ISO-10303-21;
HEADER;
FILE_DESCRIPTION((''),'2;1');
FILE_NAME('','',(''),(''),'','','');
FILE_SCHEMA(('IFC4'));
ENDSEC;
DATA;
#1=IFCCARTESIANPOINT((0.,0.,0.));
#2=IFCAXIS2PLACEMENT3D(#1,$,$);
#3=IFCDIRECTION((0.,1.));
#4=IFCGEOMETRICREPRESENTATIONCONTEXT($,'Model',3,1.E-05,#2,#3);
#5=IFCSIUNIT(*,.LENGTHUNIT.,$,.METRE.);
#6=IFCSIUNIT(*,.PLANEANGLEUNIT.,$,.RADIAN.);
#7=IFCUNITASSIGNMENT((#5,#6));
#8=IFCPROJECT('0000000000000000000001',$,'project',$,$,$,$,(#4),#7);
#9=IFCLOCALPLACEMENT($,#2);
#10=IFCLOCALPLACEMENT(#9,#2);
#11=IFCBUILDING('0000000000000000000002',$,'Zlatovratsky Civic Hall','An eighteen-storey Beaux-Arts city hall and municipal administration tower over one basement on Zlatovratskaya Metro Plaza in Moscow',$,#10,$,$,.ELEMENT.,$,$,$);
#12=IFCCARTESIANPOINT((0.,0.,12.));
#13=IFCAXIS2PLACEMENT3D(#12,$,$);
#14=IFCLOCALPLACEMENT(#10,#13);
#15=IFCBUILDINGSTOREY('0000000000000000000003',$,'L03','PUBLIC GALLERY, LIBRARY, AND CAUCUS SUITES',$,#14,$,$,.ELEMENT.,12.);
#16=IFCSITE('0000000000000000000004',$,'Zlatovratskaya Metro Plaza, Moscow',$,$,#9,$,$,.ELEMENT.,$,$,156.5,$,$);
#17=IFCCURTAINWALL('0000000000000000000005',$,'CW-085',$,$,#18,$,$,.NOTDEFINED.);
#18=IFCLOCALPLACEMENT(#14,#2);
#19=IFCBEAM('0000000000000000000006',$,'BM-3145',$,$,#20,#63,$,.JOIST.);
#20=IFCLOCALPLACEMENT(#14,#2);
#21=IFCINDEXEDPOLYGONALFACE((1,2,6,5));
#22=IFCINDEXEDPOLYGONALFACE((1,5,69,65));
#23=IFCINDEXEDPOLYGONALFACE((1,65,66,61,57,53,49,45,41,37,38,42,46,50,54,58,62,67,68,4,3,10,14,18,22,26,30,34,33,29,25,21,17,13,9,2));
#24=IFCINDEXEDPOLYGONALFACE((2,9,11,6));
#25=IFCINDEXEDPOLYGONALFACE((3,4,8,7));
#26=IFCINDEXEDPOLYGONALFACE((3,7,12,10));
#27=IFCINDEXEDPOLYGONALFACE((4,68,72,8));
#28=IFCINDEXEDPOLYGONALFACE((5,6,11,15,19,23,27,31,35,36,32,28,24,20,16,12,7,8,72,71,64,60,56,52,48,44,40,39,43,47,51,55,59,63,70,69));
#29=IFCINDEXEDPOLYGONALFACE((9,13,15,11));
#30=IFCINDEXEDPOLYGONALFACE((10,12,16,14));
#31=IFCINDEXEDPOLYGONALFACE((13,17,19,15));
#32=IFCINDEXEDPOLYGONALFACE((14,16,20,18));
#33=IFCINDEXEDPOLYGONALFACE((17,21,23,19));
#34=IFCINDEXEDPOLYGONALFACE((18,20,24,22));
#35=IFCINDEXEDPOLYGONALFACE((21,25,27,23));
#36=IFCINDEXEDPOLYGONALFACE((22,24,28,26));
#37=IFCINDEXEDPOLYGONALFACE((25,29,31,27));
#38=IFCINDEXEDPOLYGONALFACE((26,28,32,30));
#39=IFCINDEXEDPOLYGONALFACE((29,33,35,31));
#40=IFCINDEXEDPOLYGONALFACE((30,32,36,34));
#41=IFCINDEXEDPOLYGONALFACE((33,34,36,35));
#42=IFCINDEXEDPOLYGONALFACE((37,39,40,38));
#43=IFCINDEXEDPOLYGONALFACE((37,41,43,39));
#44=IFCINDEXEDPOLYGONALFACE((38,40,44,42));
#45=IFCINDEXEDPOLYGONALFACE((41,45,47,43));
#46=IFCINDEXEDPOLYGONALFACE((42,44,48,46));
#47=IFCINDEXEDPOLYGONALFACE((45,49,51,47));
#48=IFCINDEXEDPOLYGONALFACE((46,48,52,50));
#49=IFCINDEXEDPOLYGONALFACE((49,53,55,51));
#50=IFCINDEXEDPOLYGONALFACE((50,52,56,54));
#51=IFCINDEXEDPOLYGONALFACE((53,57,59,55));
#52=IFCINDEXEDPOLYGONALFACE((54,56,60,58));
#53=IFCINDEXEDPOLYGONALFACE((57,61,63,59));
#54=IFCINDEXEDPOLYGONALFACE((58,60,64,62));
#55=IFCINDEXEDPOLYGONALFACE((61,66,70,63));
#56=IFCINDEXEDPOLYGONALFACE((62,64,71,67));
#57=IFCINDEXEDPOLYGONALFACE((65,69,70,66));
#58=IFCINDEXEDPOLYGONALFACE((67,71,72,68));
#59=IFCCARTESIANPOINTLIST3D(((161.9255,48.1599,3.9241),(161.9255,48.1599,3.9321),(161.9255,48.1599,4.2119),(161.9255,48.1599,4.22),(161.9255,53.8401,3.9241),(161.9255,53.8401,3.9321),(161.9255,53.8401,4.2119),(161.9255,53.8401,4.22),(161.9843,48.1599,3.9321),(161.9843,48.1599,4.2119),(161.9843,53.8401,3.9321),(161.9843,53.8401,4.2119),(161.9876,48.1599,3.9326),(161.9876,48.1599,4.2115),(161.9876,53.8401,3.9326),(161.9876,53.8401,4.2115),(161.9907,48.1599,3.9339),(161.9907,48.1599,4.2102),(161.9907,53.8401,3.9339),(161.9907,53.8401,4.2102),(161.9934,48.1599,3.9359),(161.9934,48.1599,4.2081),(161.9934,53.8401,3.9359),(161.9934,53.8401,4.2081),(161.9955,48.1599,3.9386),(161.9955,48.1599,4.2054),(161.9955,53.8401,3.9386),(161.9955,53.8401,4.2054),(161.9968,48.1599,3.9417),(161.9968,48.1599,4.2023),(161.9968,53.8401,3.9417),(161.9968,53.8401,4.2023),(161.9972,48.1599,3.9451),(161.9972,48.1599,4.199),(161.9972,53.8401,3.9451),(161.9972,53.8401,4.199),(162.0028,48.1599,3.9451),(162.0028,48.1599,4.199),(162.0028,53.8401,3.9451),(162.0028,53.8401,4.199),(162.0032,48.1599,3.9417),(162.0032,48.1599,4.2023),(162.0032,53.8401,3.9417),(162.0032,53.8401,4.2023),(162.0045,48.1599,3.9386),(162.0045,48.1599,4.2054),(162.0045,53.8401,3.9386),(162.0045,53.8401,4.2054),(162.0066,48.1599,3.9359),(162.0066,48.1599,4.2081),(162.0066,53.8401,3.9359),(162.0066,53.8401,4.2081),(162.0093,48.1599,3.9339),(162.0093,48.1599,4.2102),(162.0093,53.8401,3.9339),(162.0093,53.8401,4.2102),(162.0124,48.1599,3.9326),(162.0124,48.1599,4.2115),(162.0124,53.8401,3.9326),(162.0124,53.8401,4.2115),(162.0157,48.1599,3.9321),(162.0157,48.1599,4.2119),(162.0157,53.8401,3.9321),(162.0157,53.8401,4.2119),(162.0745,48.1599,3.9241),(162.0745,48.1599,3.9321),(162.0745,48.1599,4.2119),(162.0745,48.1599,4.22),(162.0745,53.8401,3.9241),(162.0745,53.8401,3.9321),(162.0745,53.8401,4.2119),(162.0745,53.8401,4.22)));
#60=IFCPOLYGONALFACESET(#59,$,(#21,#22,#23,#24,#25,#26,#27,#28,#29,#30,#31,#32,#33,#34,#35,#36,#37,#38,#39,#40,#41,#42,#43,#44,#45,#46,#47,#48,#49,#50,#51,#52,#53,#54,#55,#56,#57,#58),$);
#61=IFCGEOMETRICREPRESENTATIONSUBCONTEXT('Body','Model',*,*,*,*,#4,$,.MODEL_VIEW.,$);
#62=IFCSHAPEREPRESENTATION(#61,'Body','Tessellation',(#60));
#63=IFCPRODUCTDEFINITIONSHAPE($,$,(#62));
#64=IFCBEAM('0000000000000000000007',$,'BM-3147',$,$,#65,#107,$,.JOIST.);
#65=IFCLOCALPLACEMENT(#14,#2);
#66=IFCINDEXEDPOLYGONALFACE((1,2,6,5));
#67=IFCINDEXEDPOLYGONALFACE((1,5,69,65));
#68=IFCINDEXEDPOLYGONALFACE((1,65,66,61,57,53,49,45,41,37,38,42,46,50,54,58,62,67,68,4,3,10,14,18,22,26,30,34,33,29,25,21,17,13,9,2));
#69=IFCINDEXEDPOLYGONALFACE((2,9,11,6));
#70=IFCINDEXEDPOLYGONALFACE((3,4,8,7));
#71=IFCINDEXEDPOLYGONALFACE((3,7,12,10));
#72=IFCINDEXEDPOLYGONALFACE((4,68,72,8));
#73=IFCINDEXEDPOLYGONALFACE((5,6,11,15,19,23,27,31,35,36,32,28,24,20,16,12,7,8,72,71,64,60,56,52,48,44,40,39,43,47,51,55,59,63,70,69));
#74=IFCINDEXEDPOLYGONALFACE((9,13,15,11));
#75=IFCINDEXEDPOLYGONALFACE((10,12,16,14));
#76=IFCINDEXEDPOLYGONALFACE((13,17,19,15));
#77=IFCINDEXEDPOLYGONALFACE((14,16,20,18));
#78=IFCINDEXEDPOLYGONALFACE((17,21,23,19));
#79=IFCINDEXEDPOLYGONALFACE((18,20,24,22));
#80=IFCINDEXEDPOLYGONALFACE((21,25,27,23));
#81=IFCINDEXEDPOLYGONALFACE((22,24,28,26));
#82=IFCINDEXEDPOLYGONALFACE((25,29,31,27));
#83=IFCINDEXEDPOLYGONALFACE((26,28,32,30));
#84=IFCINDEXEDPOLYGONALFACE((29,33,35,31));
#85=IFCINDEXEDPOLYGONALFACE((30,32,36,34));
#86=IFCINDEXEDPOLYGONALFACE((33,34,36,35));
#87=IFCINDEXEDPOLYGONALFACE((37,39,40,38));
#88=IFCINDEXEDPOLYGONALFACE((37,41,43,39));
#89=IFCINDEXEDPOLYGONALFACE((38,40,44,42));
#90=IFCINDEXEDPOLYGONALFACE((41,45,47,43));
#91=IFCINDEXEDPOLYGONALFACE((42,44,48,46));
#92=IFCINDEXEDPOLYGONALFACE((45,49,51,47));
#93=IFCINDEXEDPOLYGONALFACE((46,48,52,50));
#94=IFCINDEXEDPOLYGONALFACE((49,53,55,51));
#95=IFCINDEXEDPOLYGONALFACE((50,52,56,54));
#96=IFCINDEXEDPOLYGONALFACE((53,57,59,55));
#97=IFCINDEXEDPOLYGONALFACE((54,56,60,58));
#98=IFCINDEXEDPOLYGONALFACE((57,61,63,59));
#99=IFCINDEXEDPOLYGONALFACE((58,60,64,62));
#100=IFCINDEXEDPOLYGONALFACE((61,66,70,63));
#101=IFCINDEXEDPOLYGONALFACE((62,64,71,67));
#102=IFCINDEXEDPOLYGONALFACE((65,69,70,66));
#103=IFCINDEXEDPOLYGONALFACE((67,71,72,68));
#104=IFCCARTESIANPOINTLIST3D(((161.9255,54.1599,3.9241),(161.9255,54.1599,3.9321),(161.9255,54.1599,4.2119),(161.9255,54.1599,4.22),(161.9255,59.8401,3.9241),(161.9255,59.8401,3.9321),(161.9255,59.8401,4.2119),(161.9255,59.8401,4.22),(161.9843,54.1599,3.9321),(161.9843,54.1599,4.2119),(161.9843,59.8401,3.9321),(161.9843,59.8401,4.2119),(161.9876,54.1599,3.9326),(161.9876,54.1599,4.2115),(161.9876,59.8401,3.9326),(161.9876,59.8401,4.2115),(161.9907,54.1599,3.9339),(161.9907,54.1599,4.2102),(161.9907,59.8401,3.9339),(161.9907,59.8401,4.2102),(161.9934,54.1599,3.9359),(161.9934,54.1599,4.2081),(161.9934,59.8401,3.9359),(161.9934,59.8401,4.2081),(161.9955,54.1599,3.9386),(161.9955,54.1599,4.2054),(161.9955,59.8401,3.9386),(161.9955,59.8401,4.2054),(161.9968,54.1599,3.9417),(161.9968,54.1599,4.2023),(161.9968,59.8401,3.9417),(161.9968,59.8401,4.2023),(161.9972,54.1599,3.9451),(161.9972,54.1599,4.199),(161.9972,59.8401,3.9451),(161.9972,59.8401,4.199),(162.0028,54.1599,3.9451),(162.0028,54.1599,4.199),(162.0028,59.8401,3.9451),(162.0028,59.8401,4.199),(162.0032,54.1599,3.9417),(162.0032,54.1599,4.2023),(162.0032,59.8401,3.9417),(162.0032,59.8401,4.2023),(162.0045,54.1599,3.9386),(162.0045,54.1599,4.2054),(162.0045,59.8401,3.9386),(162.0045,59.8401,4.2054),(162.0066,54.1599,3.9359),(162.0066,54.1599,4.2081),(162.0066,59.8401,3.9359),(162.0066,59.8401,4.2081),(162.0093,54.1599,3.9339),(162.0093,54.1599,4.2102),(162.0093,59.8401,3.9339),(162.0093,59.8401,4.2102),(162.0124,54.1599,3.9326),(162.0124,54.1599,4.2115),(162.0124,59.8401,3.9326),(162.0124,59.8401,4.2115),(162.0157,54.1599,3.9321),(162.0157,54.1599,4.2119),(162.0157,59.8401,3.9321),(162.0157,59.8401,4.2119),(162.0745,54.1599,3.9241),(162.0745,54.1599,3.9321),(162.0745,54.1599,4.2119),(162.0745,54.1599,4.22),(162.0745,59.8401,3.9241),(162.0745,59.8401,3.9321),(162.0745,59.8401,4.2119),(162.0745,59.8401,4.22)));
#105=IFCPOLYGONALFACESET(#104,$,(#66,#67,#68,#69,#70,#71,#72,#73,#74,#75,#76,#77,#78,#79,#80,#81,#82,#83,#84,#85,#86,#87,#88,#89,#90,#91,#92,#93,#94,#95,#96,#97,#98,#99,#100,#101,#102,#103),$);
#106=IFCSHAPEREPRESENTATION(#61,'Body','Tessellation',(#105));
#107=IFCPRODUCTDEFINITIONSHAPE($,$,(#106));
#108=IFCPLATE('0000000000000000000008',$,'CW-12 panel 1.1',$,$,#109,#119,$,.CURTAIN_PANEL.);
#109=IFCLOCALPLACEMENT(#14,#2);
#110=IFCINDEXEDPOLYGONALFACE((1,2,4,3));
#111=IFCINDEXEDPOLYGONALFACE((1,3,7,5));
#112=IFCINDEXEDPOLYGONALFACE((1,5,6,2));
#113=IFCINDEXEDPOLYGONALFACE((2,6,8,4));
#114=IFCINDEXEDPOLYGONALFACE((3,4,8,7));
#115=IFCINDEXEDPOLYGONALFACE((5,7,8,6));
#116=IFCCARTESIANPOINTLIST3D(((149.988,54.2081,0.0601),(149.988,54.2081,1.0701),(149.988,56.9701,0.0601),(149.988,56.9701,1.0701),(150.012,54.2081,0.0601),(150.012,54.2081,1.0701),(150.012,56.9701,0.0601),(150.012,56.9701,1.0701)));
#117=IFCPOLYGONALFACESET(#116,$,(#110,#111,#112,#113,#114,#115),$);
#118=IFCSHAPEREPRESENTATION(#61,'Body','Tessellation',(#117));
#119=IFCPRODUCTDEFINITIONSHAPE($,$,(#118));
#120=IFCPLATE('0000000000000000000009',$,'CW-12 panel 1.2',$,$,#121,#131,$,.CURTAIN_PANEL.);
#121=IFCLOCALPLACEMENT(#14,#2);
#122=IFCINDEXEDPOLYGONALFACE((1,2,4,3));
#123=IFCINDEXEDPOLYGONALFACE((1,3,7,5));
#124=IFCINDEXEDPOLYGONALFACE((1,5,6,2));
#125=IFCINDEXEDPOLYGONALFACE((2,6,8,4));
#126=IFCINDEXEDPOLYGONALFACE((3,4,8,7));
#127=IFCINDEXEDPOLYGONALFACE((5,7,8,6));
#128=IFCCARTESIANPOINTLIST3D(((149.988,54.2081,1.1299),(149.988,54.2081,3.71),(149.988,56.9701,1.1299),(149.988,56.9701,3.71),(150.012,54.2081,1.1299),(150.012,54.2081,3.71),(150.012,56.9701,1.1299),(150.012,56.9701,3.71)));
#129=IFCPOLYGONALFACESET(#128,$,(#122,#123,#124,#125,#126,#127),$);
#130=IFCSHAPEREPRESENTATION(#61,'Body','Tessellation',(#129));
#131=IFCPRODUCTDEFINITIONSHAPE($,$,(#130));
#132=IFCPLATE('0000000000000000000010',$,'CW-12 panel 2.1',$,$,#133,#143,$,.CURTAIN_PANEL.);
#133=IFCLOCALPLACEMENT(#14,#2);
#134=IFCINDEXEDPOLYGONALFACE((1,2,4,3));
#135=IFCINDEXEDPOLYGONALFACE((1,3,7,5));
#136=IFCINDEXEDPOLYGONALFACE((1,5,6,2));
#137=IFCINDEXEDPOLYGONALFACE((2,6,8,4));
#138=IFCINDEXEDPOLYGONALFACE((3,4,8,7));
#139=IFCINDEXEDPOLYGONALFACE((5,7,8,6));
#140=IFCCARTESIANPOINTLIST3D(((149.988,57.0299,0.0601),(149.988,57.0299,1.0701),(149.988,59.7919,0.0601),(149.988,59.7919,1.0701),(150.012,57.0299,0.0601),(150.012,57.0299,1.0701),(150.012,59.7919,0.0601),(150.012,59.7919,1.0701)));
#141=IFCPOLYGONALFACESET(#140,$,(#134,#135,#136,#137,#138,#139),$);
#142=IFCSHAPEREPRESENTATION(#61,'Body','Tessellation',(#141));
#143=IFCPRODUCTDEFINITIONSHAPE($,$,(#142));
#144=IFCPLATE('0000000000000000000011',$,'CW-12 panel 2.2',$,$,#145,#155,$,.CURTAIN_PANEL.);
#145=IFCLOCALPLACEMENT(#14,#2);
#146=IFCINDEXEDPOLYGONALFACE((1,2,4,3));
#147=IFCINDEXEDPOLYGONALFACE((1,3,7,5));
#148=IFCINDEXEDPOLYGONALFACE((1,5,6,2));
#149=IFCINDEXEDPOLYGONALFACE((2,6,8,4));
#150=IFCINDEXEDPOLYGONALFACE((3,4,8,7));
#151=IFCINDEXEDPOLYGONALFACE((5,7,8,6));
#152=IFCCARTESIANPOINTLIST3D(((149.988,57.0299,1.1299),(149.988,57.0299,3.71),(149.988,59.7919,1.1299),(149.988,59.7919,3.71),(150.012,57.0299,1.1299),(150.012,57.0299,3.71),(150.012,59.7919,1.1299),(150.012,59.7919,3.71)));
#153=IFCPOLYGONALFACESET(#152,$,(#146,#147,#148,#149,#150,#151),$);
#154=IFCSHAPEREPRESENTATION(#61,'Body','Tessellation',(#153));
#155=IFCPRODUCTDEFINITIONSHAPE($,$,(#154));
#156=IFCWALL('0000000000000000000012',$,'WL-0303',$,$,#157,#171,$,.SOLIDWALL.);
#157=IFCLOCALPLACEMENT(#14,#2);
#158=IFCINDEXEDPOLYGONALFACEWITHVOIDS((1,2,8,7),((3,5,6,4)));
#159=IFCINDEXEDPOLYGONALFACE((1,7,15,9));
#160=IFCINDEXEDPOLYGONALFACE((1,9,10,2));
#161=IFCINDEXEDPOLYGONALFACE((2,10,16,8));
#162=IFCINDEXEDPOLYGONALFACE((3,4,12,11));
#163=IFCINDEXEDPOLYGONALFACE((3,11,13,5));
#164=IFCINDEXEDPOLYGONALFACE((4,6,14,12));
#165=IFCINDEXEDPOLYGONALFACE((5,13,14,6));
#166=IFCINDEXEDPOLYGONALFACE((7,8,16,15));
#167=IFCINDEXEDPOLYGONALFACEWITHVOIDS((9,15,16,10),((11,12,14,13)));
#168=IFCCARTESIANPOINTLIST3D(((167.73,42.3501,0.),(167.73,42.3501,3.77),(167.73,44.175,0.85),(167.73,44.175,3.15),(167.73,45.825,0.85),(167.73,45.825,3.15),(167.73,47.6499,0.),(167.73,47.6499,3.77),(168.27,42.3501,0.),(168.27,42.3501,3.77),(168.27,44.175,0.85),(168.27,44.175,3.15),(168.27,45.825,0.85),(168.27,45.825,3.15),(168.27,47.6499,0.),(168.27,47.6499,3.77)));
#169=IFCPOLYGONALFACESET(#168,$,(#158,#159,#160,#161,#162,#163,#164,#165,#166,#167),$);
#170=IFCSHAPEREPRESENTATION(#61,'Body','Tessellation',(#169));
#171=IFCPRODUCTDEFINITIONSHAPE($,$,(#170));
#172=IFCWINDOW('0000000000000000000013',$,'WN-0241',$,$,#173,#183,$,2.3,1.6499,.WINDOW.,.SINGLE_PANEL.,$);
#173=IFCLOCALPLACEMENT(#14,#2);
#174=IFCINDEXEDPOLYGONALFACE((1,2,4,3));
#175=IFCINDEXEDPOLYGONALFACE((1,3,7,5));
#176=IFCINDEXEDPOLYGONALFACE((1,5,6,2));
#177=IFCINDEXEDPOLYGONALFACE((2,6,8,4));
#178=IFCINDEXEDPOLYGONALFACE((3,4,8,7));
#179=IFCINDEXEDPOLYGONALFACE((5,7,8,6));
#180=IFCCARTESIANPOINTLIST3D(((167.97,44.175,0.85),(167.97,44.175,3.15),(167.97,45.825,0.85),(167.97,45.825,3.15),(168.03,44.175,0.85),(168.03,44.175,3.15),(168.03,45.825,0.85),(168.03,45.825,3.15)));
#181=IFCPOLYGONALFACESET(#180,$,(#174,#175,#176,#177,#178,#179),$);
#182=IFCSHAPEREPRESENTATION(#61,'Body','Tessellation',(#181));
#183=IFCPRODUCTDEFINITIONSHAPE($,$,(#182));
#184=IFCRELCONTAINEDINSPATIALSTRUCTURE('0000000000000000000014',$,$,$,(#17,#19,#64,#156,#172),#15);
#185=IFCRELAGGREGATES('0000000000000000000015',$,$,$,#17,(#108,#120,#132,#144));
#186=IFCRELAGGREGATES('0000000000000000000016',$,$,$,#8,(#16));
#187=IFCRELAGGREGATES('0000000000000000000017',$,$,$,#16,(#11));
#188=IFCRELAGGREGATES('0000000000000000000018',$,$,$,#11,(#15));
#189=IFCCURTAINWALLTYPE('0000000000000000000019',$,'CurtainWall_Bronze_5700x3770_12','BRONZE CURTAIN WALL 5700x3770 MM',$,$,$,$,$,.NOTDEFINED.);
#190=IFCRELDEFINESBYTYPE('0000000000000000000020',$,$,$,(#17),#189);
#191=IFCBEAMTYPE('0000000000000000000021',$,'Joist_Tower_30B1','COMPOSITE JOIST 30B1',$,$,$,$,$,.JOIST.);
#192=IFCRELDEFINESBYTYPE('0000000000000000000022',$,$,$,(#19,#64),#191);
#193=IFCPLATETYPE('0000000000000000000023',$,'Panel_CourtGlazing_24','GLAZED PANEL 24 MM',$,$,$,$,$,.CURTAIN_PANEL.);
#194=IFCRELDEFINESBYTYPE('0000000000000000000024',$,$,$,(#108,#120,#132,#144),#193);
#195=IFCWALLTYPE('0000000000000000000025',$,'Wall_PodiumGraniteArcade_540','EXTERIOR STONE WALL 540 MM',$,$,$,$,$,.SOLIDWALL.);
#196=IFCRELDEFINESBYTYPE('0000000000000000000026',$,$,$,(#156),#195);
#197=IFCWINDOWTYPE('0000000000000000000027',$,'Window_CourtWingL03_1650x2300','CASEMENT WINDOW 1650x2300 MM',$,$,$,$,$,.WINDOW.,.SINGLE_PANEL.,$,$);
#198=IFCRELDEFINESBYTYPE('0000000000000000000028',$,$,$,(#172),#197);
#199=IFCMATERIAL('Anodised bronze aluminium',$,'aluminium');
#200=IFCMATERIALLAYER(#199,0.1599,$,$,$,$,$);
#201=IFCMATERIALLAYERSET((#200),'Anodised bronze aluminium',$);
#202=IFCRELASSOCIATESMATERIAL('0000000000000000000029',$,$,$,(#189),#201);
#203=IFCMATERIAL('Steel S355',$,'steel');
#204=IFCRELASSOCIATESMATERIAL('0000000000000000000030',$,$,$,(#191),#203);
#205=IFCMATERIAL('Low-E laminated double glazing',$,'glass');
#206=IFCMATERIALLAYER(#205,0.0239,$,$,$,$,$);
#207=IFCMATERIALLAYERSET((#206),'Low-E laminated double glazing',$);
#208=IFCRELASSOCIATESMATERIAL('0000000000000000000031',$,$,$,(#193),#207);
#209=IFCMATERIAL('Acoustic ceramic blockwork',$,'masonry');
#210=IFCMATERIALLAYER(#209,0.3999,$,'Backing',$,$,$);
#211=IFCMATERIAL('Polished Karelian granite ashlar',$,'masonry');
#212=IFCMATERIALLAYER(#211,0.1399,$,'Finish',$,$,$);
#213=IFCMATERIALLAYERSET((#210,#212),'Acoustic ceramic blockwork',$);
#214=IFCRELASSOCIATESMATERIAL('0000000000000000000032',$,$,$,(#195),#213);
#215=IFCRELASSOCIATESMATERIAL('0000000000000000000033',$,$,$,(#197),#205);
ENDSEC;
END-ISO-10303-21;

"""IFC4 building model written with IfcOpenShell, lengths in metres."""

from ifc_helpers import new_model, si_unit, direction, frame, frame_2d, origin, origin_2d, place, context, subcontext, project, spatial, rectangle, i_section, extrude, material, layer, layer_set, material_profile, profile_set, type_object, element, fill, aggregate, save


model = new_model("IFC4")

# Units and contexts
model_context = context("Model", 3, precision=1e-05, world=origin(), true_north=direction((0.0, 1.0)))
body_context = subcontext(model_context, "Body", "Model", "MODEL_VIEW")
ifc_project = project(units=[si_unit("LENGTHUNIT", "METRE"), si_unit("PLANEANGLEUNIT", "RADIAN")], contexts=[model_context])

# Site, building, storey
site_placement = place(None, origin())
site = spatial("IfcSite", under=ifc_project, at=site_placement, Name="Zlatovratskaya Metro Plaza, Moscow", CompositionType="ELEMENT", RefElevation=156.5)
building_placement = place(site_placement, origin())
building = spatial("IfcBuilding", under=site, at=building_placement, Name="Zlatovratsky Civic Hall", Description="An eighteen-storey Beaux-Arts city hall and municipal administration tower over one basement on Zlatovratskaya Metro Plaza in Moscow", CompositionType="ELEMENT")
storey_placement = place(building_placement, frame((0.0, 0.0, 12.0)))
storey = spatial("IfcBuildingStorey", under=building, at=storey_placement, Name="L03", Description="PUBLIC GALLERY, LIBRARY, AND CAUCUS SUITES", CompositionType="ELEMENT", Elevation=12.0)

# Shared definitions
ifc_material_1 = material(Name="Steel S355", Category="steel")

# Curtain wall
ifc_material_2 = material(Name="Anodised bronze aluminium", Category="aluminium")
ifc_layer_1 = layer(ifc_material_2, 0.1599)
ifc_layer_set_1 = layer_set([ifc_layer_1], Name="Anodised bronze aluminium")
curtain_wall_type = type_object("IfcCurtainWallType", Name="CurtainWall_Bronze_5700x3770_12", Description="BRONZE CURTAIN WALL 5700x3770 MM", PredefinedType="NOTDEFINED", material=ifc_layer_set_1)
curtain_wall_placement = place(storey_placement, origin())
curtain_wall = element("IfcCurtainWall", 1, at=curtain_wall_placement, inside=storey, type_object=curtain_wall_type, Name="CW-085", PredefinedType="NOTDEFINED")

# Beams
ifc_material_profile_1 = material_profile(ifc_material_1, i_section(OverallWidth=0.1489, OverallDepth=0.2959, WebThickness=0.0056, FlangeThickness=0.0081, FilletRadius=0.0129, at=origin_2d()), Name="30B1")
ifc_profile_set_1 = profile_set([ifc_material_profile_1], Name="Steel S355")
beam_type_1 = type_object("IfcBeamType", Name="Joist_Tower_30B1", Description="COMPOSITE JOIST 30B1", PredefinedType="JOIST", material=ifc_profile_set_1)
for number, where, z_axis, x_axis, name in (
    (2, (162.0, 48.1599, 4.072), (0.0, 1.0, 0.0), (-1.0, 0.0, 0.0), "BM-3145"),
    (3, (162.0, 54.1599, 4.072), (0.0, 1.0, 0.0), (-1.0, 0.0, 0.0), "BM-3147"),
):
    element("IfcBeam", number, at=place(storey_placement, frame(where, z_axis=z_axis, x_axis=x_axis)), inside=storey, type_object=beam_type_1, Name=name, PredefinedType="JOIST", context=body_context, shape_type="SweptSolid", body=[
        extrude(i_section(OverallWidth=0.1489, OverallDepth=0.2959, WebThickness=0.0056, FlangeThickness=0.0081, FilletRadius=0.0129, at=origin_2d()), origin(), (0.0, 0.0, 1.0), 5.6802),
    ])

# Plates
ifc_material_3 = material(Name="Low-E laminated double glazing", Category="glass")
ifc_layer_2 = layer(ifc_material_3, 0.0239)
ifc_layer_set_2 = layer_set([ifc_layer_2], Name="Low-E laminated double glazing")
plate_type = type_object("IfcPlateType", Name="Panel_CourtGlazing_24", Description="GLAZED PANEL 24 MM", PredefinedType="CURTAIN_PANEL", material=ifc_layer_set_2)
plate_1_placement = place(storey_placement, frame((150.0, 55.5891, 0.0601), z_axis=(0.0, 0.0, 1.0), x_axis=(0.0, 1.0, 0.0)))
plate_1 = element("IfcPlate", 4, at=plate_1_placement, type_object=plate_type, Name="CW-12 panel 1.1", PredefinedType="CURTAIN_PANEL", context=body_context, shape_type="SweptSolid", body=[
    extrude(rectangle(XDim=2.762, YDim=0.0239, at=origin_2d()), origin(), (0.0, 0.0, 1.0), 1.01),
])
plate_2_placement = place(storey_placement, frame((150.0, 55.5891, 1.1299), z_axis=(0.0, 0.0, 1.0), x_axis=(0.0, 1.0, 0.0)))
plate_2 = element("IfcPlate", 5, at=plate_2_placement, type_object=plate_type, Name="CW-12 panel 1.2", PredefinedType="CURTAIN_PANEL", context=body_context, shape_type="SweptSolid", body=[
    extrude(rectangle(XDim=2.762, YDim=0.0239, at=origin_2d()), origin(), (0.0, 0.0, 1.0), 2.5801),
])
plate_3_placement = place(storey_placement, frame((150.0, 58.4109, 0.0601), z_axis=(0.0, 0.0, 1.0), x_axis=(0.0, 1.0, 0.0)))
plate_3 = element("IfcPlate", 6, at=plate_3_placement, type_object=plate_type, Name="CW-12 panel 2.1", PredefinedType="CURTAIN_PANEL", context=body_context, shape_type="SweptSolid", body=[
    extrude(rectangle(XDim=2.762, YDim=0.0239, at=origin_2d()), origin(), (0.0, 0.0, 1.0), 1.01),
])
plate_4_placement = place(storey_placement, frame((150.0, 58.4109, 1.1299), z_axis=(0.0, 0.0, 1.0), x_axis=(0.0, 1.0, 0.0)))
plate_4 = element("IfcPlate", 7, at=plate_4_placement, type_object=plate_type, Name="CW-12 panel 2.2", PredefinedType="CURTAIN_PANEL", context=body_context, shape_type="SweptSolid", body=[
    extrude(rectangle(XDim=2.762, YDim=0.0239, at=origin_2d()), origin(), (0.0, 0.0, 1.0), 2.5801),
])
aggregate(curtain_wall, [plate_1, plate_2, plate_3, plate_4])

# Wall, opening, window
ifc_material_4 = material(Name="Acoustic ceramic blockwork", Category="masonry")
ifc_layer_3 = layer(ifc_material_4, 0.3999, Name="Backing")
ifc_material_5 = material(Name="Polished Karelian granite ashlar", Category="masonry")
ifc_layer_4 = layer(ifc_material_5, 0.1399, Name="Finish")
ifc_layer_set_3 = layer_set([ifc_layer_3, ifc_layer_4], Name="Acoustic ceramic blockwork")
wall_type = type_object("IfcWallType", Name="Wall_PodiumGraniteArcade_540", Description="EXTERIOR STONE WALL 540 MM", PredefinedType="SOLIDWALL", material=ifc_layer_set_3)
wall_1_placement = place(storey_placement, frame((168.0, 42.3501, 0.0), z_axis=(0.0, 0.0, 1.0), x_axis=(0.0, 1.0, 0.0)))
wall_1 = element("IfcWall", 8, at=wall_1_placement, inside=storey, type_object=wall_type, Name="WL-0303", PredefinedType="SOLIDWALL", context=body_context, shape_type="SweptSolid", body=[
    extrude(rectangle(XDim=5.2998, YDim=0.54, at=frame_2d((2.6499, 0.0))), origin(), (0.0, 0.0, 1.0), 3.77),
])
opening_1_placement = place(wall_1_placement, frame((1.825, 0.0, 0.8501)))
opening_1 = element("IfcOpeningElement", 9, at=opening_1_placement, cuts=wall_1, PredefinedType="OPENING", context=body_context, shape_type="SweptSolid", body=[
    extrude(rectangle(XDim=1.6499, YDim=2.3, at=frame_2d((0.825, 1.1499))), frame((0.0, 0.2849, 0.0), z_axis=(0.0, -1.0, 0.0), x_axis=(1.0, 0.0, 0.0)), (0.0, 0.0, 1.0), 0.5698),
])
window_type = type_object("IfcWindowType", Name="Window_CourtWingL03_1650x2300", Description="CASEMENT WINDOW 1650x2300 MM", PartitioningType="SINGLE_PANEL", PredefinedType="WINDOW", material=ifc_material_3)
window_1_placement = place(opening_1_placement, origin())
window_1 = element("IfcWindow", 10, at=window_1_placement, inside=storey, type_object=window_type, Name="WN-0241", OverallHeight=2.3, OverallWidth=1.6499, PartitioningType="SINGLE_PANEL", PredefinedType="WINDOW", context=body_context, shape_type="SweptSolid", body=[
    extrude(rectangle(XDim=1.6499, YDim=2.3, at=frame_2d((0.825, 1.1499))), frame((0.0, 0.03, 0.0), z_axis=(0.0, -1.0, 0.0), x_axis=(1.0, 0.0, 0.0)), (0.0, 0.0, 1.0), 0.0601),
])
fill(opening_1, window_1)

save(model, "model.ifc")
